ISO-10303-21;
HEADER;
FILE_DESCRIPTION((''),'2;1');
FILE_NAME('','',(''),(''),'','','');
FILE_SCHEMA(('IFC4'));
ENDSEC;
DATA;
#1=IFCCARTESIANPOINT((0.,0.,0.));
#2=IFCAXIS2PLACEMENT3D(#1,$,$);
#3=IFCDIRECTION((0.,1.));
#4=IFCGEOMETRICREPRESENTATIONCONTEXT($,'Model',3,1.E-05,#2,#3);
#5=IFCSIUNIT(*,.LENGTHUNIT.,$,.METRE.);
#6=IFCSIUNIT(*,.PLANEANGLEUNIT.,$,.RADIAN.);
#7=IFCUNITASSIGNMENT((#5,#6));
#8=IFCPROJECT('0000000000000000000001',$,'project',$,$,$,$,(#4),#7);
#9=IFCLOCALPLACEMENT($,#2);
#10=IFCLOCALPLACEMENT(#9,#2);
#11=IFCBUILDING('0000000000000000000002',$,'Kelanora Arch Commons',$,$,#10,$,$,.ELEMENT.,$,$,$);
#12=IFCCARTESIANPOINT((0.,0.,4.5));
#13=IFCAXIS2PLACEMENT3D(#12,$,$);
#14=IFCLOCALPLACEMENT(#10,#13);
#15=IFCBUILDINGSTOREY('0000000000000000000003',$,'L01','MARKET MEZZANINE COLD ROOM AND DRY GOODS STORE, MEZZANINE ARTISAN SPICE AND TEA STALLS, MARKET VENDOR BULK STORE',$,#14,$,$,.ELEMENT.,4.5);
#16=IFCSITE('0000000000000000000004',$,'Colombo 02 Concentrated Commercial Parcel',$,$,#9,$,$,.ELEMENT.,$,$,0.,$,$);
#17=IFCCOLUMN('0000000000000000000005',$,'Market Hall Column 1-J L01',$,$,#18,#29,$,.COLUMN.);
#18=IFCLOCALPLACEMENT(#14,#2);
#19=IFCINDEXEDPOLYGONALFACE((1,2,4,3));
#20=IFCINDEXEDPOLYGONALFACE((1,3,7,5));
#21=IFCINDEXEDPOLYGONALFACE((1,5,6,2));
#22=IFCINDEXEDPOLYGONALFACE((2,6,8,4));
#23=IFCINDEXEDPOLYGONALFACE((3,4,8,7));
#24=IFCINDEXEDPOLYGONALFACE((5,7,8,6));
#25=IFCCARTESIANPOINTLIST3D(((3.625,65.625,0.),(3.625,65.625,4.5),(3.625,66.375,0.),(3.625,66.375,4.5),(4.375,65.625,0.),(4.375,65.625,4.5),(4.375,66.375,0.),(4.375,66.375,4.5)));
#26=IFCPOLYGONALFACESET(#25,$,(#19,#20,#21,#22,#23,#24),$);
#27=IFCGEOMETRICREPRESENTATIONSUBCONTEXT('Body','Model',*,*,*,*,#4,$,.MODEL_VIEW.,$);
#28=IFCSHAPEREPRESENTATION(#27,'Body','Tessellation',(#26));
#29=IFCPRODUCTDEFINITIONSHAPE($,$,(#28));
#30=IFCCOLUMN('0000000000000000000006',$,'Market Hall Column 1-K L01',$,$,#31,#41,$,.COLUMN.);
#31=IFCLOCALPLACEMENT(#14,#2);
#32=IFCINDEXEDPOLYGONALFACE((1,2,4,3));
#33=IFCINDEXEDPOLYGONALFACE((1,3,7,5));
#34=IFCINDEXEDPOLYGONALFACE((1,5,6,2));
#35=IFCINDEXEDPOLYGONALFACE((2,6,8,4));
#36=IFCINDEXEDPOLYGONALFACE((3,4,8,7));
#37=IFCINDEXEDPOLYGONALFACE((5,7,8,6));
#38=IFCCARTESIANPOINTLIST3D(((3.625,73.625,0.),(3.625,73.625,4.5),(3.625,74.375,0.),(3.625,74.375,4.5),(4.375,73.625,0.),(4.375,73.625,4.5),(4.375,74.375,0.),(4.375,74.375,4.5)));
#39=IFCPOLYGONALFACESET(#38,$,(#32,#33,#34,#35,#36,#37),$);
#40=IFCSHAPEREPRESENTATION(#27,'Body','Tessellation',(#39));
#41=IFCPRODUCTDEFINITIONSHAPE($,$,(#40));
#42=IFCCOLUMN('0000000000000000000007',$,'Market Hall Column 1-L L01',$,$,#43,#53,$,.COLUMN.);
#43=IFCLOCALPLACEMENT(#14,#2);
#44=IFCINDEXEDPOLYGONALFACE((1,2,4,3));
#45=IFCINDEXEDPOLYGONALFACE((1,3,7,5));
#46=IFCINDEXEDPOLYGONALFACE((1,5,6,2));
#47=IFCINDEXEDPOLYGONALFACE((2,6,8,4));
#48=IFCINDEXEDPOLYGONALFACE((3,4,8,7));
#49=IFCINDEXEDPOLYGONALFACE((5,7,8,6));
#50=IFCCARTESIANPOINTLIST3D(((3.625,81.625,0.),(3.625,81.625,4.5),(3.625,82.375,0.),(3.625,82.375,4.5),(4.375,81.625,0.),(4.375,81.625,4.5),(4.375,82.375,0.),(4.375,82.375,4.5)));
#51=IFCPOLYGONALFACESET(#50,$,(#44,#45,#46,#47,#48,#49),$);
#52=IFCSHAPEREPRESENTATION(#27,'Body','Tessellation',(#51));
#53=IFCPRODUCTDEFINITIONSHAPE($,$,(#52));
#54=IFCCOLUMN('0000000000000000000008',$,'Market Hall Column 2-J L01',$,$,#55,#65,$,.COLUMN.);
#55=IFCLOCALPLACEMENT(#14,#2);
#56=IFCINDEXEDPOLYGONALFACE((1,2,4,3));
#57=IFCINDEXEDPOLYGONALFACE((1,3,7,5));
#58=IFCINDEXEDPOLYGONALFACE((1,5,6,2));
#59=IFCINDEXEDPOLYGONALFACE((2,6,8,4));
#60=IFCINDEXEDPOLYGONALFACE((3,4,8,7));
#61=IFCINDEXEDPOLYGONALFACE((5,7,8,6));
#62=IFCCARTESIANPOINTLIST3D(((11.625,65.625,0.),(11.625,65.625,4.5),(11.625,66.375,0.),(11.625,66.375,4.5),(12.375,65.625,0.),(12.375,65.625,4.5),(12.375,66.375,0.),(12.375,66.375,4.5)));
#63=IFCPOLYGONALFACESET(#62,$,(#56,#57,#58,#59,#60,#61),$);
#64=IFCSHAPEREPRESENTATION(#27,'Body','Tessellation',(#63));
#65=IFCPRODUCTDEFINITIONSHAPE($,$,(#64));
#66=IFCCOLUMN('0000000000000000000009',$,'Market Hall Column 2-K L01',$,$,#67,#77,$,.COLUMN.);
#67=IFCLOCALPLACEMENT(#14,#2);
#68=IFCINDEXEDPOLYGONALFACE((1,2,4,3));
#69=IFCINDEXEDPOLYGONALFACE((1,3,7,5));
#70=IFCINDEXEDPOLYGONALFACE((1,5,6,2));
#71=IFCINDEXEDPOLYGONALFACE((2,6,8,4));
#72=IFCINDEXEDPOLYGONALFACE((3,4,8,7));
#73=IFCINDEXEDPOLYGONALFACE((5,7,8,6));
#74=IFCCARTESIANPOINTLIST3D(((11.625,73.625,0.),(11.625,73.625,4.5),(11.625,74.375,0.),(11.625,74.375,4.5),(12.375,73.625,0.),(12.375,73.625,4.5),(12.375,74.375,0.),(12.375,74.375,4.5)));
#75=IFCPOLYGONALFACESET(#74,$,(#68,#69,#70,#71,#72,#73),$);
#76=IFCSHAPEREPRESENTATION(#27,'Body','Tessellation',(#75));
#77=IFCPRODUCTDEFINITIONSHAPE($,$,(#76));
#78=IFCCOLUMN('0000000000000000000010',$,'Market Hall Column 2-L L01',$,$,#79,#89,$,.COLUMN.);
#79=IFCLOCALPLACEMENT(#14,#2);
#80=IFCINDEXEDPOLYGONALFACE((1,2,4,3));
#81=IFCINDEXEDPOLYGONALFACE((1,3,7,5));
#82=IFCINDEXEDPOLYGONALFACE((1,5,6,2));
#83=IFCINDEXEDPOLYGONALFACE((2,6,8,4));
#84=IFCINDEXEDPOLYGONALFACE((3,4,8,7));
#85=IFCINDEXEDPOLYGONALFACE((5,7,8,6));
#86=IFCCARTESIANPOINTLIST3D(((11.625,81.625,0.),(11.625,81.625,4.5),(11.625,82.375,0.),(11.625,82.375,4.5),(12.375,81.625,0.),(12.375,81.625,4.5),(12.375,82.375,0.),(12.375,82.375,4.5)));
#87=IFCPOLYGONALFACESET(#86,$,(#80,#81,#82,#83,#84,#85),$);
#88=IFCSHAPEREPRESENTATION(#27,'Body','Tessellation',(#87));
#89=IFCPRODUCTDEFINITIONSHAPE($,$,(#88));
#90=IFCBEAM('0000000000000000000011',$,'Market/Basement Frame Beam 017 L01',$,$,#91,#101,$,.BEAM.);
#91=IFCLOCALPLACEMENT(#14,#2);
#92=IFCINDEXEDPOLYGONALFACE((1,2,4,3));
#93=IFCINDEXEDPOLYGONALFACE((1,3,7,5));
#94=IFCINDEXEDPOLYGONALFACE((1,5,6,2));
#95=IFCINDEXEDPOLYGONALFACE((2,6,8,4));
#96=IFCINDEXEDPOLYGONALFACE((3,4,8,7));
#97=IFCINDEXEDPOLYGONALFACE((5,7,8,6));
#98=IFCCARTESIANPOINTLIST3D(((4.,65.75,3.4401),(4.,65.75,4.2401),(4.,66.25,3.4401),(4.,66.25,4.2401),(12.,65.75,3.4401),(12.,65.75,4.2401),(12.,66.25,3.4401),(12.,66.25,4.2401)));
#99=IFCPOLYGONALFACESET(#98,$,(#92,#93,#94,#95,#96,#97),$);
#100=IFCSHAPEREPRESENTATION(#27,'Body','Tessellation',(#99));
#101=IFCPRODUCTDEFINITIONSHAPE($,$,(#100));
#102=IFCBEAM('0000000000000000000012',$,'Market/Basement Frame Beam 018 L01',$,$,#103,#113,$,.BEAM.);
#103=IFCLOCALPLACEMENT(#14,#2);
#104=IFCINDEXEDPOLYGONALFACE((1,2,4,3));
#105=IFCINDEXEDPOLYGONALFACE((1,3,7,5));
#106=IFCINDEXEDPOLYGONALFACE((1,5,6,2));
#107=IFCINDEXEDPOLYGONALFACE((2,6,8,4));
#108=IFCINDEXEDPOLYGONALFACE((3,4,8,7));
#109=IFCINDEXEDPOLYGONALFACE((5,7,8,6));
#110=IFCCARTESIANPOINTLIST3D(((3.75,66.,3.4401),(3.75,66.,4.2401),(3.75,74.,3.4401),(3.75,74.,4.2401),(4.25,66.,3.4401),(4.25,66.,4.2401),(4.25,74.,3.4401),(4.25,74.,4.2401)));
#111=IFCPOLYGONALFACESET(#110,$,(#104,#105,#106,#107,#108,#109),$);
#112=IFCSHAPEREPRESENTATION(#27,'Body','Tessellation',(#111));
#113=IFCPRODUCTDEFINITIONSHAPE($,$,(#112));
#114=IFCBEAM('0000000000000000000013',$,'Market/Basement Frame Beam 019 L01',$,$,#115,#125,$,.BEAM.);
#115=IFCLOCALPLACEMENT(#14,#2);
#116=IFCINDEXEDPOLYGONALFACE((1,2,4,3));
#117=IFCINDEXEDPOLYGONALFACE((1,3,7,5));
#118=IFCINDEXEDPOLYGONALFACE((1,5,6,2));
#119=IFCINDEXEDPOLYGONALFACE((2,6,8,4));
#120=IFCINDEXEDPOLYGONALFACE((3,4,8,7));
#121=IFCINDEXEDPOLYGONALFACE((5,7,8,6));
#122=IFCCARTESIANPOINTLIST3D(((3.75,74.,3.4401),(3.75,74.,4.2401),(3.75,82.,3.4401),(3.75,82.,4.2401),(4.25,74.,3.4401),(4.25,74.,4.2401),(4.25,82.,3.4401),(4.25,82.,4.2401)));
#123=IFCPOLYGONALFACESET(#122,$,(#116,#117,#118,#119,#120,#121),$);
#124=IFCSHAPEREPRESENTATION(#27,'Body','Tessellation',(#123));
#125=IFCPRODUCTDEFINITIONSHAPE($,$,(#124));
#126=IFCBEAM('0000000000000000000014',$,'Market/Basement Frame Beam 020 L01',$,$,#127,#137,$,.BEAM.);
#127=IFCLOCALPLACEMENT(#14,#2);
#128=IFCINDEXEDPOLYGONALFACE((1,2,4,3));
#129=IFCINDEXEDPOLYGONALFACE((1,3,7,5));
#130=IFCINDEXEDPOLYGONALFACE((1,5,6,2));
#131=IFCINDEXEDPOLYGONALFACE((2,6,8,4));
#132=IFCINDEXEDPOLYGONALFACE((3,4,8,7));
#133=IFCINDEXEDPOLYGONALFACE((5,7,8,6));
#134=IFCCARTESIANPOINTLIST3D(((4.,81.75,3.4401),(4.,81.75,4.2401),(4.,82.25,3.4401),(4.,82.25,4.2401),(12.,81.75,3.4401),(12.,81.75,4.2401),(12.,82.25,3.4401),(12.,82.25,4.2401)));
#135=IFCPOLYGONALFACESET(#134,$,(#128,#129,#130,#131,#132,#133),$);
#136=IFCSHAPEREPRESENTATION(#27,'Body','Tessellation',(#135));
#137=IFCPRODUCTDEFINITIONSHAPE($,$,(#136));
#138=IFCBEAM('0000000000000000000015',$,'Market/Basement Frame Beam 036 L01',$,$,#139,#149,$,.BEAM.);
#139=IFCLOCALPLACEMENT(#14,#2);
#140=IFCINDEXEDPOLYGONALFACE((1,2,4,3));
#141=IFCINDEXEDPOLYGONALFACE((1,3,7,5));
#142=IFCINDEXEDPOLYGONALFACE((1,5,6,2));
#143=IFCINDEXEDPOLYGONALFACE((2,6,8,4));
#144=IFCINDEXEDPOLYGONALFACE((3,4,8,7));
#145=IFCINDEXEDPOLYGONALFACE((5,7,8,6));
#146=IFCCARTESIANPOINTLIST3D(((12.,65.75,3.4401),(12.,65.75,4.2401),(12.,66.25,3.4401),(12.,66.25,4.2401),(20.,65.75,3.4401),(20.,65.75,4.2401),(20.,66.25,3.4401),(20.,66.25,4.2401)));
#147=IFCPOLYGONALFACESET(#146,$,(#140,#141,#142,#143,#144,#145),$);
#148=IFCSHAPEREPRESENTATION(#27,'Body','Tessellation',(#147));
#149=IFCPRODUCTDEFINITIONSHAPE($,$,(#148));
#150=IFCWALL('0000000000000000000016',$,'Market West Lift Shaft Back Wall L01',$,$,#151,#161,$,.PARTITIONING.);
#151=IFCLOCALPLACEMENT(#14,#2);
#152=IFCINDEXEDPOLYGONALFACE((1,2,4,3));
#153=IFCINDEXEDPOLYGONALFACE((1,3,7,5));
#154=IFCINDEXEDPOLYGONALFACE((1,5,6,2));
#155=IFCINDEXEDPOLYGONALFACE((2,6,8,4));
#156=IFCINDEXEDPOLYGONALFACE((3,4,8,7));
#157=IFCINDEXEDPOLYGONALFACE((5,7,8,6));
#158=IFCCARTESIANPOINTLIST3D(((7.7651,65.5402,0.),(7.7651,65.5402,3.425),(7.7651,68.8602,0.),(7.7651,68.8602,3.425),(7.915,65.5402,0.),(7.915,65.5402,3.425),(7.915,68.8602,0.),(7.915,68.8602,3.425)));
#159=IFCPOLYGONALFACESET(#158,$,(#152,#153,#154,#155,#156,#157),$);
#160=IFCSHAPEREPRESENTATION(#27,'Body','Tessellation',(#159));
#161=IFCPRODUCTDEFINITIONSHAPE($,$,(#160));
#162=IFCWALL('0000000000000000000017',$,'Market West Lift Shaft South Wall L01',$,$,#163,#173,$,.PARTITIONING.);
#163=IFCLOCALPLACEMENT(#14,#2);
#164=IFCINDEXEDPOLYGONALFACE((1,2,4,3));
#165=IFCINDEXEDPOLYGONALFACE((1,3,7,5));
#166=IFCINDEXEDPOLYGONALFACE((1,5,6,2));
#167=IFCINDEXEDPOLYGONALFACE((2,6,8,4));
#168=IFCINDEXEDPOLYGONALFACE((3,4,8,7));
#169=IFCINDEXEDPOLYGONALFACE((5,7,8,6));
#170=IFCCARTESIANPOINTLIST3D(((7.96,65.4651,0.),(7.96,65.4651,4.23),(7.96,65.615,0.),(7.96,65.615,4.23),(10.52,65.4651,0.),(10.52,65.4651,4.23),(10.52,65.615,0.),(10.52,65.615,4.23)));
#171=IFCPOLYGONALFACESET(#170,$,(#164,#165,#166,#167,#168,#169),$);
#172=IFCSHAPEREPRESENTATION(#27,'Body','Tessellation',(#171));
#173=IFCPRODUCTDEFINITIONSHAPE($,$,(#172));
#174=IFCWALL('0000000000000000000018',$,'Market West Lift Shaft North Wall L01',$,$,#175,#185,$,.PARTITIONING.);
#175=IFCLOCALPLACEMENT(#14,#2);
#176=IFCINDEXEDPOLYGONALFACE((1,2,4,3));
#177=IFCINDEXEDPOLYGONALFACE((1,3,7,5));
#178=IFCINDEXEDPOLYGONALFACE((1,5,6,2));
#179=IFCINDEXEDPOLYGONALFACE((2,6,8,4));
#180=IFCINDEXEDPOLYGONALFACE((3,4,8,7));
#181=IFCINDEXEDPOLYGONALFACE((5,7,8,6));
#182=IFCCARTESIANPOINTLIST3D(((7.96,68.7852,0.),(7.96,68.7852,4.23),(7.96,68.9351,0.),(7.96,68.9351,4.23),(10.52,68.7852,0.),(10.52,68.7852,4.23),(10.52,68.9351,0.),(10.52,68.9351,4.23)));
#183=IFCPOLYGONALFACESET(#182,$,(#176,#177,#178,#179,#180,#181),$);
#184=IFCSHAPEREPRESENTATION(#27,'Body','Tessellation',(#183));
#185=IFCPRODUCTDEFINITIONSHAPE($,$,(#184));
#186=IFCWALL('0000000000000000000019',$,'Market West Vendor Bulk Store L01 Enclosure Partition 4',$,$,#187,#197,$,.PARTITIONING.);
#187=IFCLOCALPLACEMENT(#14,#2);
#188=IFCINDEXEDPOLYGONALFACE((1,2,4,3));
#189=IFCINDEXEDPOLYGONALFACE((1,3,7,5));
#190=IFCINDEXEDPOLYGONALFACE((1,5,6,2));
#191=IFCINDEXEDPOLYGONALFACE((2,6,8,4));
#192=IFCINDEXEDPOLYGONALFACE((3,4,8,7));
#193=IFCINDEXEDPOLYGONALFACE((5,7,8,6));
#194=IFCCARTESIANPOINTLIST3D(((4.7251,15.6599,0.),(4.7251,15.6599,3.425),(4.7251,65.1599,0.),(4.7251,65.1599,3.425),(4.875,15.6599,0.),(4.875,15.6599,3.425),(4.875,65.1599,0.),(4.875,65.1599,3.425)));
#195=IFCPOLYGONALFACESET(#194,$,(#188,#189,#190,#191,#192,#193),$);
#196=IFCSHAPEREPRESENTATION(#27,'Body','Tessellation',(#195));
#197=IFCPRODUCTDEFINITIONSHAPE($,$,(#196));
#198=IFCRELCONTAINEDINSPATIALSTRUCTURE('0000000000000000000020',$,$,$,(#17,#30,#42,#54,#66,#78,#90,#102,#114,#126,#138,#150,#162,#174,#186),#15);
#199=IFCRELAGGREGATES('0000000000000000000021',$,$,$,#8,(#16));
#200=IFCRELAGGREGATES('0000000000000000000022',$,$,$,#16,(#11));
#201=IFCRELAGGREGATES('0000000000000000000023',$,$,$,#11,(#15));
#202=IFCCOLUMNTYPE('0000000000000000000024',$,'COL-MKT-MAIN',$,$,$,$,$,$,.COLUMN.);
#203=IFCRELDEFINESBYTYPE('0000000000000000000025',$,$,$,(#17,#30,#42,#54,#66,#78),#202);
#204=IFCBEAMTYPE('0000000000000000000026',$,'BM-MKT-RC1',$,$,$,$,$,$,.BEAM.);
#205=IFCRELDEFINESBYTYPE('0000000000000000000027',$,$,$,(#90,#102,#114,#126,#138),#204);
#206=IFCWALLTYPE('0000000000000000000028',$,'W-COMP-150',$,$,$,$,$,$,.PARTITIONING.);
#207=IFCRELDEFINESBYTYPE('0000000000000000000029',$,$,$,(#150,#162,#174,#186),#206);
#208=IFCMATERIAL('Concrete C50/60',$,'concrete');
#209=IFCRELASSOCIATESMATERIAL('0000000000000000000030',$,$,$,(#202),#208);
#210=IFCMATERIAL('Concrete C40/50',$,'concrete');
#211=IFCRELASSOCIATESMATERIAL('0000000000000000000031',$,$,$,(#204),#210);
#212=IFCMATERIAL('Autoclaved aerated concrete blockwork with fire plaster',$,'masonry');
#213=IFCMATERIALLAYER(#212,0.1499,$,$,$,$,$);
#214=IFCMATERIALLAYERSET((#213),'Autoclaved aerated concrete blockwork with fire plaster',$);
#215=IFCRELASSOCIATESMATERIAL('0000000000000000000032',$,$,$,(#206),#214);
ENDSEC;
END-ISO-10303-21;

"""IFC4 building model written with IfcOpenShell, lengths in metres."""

from ifc_helpers import new_model, si_unit, direction, frame, frame_2d, origin, origin_2d, place, context, subcontext, project, spatial, rectangle, extrude, material, layer, layer_set, material_profile, profile_set, type_object, element, save


model = new_model("IFC4")

# Units and contexts
model_context = context("Model", 3, precision=1e-05, world=origin(), true_north=direction((0.0, 1.0)))
body_context = subcontext(model_context, "Body", "Model", "MODEL_VIEW")
ifc_project = project(units=[si_unit("LENGTHUNIT", "METRE"), si_unit("PLANEANGLEUNIT", "RADIAN")], contexts=[model_context])

# Site, building, storey
site_placement = place(None, origin())
site = spatial("IfcSite", under=ifc_project, at=site_placement, Name="Colombo 02 Concentrated Commercial Parcel", CompositionType="ELEMENT", RefElevation=0.0)
building_placement = place(site_placement, origin())
building = spatial("IfcBuilding", under=site, at=building_placement, Name="Kelanora Arch Commons", CompositionType="ELEMENT")
storey_placement = place(building_placement, frame((0.0, 0.0, 4.5)))
storey = spatial("IfcBuildingStorey", under=building, at=storey_placement, Name="L01", Description="MARKET MEZZANINE COLD ROOM AND DRY GOODS STORE, MEZZANINE ARTISAN SPICE AND TEA STALLS, MARKET VENDOR BULK STORE", CompositionType="ELEMENT", Elevation=4.5)

# Columns
ifc_material_1 = material(Name="Concrete C50/60", Category="concrete")
ifc_material_profile_1 = material_profile(ifc_material_1, rectangle(XDim=0.75, YDim=0.75, at=origin_2d()), Name="RC750x750")
ifc_profile_set_1 = profile_set([ifc_material_profile_1], Name="Concrete C50/60")
column_type = type_object("IfcColumnType", Name="COL-MKT-MAIN", PredefinedType="COLUMN", material=ifc_profile_set_1)
for number, where, z_axis, x_axis, name in (
    (1, (4.0, 66.0, 0.0), (0.0, 0.0, 1.0), (1.0, 0.0, 0.0), "Market Hall Column 1-J L01"),
    (2, (4.0, 74.0, 0.0), (0.0, 0.0, 1.0), (1.0, 0.0, 0.0), "Market Hall Column 1-K L01"),
    (3, (4.0, 82.0, 0.0), (0.0, 0.0, 1.0), (1.0, 0.0, 0.0), "Market Hall Column 1-L L01"),
    (4, (12.0, 66.0, 0.0), (0.0, 0.0, 1.0), (1.0, 0.0, 0.0), "Market Hall Column 2-J L01"),
    (5, (12.0, 74.0, 0.0), (0.0, 0.0, 1.0), (1.0, 0.0, 0.0), "Market Hall Column 2-K L01"),
    (6, (12.0, 82.0, 0.0), (0.0, 0.0, 1.0), (1.0, 0.0, 0.0), "Market Hall Column 2-L L01"),
):
    element("IfcColumn", number, at=place(storey_placement, frame(where, z_axis=z_axis, x_axis=x_axis)), inside=storey, type_object=column_type, Name=name, PredefinedType="COLUMN", context=body_context, shape_type="SweptSolid", body=[
        extrude(rectangle(XDim=0.75, YDim=0.75, at=origin_2d()), origin(), (0.0, 0.0, 1.0), 4.5),
    ])

# Beams
ifc_material_2 = material(Name="Concrete C40/50", Category="concrete")
ifc_material_profile_2 = material_profile(ifc_material_2, rectangle(XDim=0.5, YDim=0.8, at=origin_2d()), Name="RCB500x800")
ifc_profile_set_2 = profile_set([ifc_material_profile_2], Name="Concrete C40/50")
beam_type = type_object("IfcBeamType", Name="BM-MKT-RC1", PredefinedType="BEAM", material=ifc_profile_set_2)
for number, where, z_axis, x_axis, name in (
    (7, (4.0, 66.0, 3.8401), (1.0, 0.0, 0.0), (0.0, 1.0, 0.0), "Market/Basement Frame Beam 017 L01"),
    (8, (4.0, 66.0, 3.8401), (0.0, 1.0, 0.0), (-1.0, 0.0, 0.0), "Market/Basement Frame Beam 018 L01"),
    (9, (4.0, 74.0, 3.8401), (0.0, 1.0, 0.0), (-1.0, 0.0, 0.0), "Market/Basement Frame Beam 019 L01"),
    (10, (4.0, 82.0, 3.8401), (1.0, 0.0, 0.0), (0.0, 1.0, 0.0), "Market/Basement Frame Beam 020 L01"),
    (11, (12.0, 66.0, 3.8401), (1.0, 0.0, 0.0), (0.0, 1.0, 0.0), "Market/Basement Frame Beam 036 L01"),
):
    element("IfcBeam", number, at=place(storey_placement, frame(where, z_axis=z_axis, x_axis=x_axis)), inside=storey, type_object=beam_type, Name=name, PredefinedType="BEAM", context=body_context, shape_type="SweptSolid", body=[
        extrude(rectangle(XDim=0.5, YDim=0.8, at=origin_2d()), origin(), (0.0, 0.0, 1.0), 8.0),
    ])

# Walls
ifc_material_3 = material(Name="Autoclaved aerated concrete blockwork with fire plaster", Category="masonry")
ifc_layer_1 = layer(ifc_material_3, 0.1499)
ifc_layer_set_1 = layer_set([ifc_layer_1], Name="Autoclaved aerated concrete blockwork with fire plaster")
wall_type_1 = type_object("IfcWallType", Name="W-COMP-150", PredefinedType="PARTITIONING", material=ifc_layer_set_1)
wall_1_placement = place(storey_placement, frame((7.8401, 65.54, 0.0), z_axis=(0.0, 0.0, 1.0), x_axis=(0.0, 1.0, 0.0)))
element("IfcWall", 12, at=wall_1_placement, inside=storey, type_object=wall_type_1, Name="Market West Lift Shaft Back Wall L01", PredefinedType="PARTITIONING", context=body_context, shape_type="SweptSolid", body=[
    extrude(rectangle(XDim=3.3201, YDim=0.1499, at=frame_2d((1.6602, 0.0))), origin(), (0.0, 0.0, 1.0), 3.425),
])
for number, where, z_axis, x_axis, name in (
    (13, (7.96, 65.54, 0.0), (0.0, 0.0, 1.0), (1.0, 0.0, 0.0), "Market West Lift Shaft South Wall L01"),
    (14, (7.96, 68.8601, 0.0), (0.0, 0.0, 1.0), (1.0, 0.0, 0.0), "Market West Lift Shaft North Wall L01"),
):
    element("IfcWall", number, at=place(storey_placement, frame(where, z_axis=z_axis, x_axis=x_axis)), inside=storey, type_object=wall_type_1, Name=name, PredefinedType="PARTITIONING", context=body_context, shape_type="SweptSolid", body=[
        extrude(rectangle(XDim=2.5601, YDim=0.1499, at=frame_2d((1.28, 0.0))), origin(), (0.0, 0.0, 1.0), 4.23),
    ])
wall_2_placement = place(storey_placement, frame((4.8, 65.1599, 0.0), z_axis=(0.0, 0.0, 1.0), x_axis=(0.0, -1.0, 0.0)))
element("IfcWall", 15, at=wall_2_placement, inside=storey, type_object=wall_type_1, Name="Market West Vendor Bulk Store L01 Enclosure Partition 4", PredefinedType="PARTITIONING", context=body_context, shape_type="SweptSolid", body=[
    extrude(rectangle(XDim=49.5, YDim=0.1499, at=frame_2d((24.75, 0.0))), origin(), (0.0, 0.0, 1.0), 3.425),
])

save(model, "model.ifc")
